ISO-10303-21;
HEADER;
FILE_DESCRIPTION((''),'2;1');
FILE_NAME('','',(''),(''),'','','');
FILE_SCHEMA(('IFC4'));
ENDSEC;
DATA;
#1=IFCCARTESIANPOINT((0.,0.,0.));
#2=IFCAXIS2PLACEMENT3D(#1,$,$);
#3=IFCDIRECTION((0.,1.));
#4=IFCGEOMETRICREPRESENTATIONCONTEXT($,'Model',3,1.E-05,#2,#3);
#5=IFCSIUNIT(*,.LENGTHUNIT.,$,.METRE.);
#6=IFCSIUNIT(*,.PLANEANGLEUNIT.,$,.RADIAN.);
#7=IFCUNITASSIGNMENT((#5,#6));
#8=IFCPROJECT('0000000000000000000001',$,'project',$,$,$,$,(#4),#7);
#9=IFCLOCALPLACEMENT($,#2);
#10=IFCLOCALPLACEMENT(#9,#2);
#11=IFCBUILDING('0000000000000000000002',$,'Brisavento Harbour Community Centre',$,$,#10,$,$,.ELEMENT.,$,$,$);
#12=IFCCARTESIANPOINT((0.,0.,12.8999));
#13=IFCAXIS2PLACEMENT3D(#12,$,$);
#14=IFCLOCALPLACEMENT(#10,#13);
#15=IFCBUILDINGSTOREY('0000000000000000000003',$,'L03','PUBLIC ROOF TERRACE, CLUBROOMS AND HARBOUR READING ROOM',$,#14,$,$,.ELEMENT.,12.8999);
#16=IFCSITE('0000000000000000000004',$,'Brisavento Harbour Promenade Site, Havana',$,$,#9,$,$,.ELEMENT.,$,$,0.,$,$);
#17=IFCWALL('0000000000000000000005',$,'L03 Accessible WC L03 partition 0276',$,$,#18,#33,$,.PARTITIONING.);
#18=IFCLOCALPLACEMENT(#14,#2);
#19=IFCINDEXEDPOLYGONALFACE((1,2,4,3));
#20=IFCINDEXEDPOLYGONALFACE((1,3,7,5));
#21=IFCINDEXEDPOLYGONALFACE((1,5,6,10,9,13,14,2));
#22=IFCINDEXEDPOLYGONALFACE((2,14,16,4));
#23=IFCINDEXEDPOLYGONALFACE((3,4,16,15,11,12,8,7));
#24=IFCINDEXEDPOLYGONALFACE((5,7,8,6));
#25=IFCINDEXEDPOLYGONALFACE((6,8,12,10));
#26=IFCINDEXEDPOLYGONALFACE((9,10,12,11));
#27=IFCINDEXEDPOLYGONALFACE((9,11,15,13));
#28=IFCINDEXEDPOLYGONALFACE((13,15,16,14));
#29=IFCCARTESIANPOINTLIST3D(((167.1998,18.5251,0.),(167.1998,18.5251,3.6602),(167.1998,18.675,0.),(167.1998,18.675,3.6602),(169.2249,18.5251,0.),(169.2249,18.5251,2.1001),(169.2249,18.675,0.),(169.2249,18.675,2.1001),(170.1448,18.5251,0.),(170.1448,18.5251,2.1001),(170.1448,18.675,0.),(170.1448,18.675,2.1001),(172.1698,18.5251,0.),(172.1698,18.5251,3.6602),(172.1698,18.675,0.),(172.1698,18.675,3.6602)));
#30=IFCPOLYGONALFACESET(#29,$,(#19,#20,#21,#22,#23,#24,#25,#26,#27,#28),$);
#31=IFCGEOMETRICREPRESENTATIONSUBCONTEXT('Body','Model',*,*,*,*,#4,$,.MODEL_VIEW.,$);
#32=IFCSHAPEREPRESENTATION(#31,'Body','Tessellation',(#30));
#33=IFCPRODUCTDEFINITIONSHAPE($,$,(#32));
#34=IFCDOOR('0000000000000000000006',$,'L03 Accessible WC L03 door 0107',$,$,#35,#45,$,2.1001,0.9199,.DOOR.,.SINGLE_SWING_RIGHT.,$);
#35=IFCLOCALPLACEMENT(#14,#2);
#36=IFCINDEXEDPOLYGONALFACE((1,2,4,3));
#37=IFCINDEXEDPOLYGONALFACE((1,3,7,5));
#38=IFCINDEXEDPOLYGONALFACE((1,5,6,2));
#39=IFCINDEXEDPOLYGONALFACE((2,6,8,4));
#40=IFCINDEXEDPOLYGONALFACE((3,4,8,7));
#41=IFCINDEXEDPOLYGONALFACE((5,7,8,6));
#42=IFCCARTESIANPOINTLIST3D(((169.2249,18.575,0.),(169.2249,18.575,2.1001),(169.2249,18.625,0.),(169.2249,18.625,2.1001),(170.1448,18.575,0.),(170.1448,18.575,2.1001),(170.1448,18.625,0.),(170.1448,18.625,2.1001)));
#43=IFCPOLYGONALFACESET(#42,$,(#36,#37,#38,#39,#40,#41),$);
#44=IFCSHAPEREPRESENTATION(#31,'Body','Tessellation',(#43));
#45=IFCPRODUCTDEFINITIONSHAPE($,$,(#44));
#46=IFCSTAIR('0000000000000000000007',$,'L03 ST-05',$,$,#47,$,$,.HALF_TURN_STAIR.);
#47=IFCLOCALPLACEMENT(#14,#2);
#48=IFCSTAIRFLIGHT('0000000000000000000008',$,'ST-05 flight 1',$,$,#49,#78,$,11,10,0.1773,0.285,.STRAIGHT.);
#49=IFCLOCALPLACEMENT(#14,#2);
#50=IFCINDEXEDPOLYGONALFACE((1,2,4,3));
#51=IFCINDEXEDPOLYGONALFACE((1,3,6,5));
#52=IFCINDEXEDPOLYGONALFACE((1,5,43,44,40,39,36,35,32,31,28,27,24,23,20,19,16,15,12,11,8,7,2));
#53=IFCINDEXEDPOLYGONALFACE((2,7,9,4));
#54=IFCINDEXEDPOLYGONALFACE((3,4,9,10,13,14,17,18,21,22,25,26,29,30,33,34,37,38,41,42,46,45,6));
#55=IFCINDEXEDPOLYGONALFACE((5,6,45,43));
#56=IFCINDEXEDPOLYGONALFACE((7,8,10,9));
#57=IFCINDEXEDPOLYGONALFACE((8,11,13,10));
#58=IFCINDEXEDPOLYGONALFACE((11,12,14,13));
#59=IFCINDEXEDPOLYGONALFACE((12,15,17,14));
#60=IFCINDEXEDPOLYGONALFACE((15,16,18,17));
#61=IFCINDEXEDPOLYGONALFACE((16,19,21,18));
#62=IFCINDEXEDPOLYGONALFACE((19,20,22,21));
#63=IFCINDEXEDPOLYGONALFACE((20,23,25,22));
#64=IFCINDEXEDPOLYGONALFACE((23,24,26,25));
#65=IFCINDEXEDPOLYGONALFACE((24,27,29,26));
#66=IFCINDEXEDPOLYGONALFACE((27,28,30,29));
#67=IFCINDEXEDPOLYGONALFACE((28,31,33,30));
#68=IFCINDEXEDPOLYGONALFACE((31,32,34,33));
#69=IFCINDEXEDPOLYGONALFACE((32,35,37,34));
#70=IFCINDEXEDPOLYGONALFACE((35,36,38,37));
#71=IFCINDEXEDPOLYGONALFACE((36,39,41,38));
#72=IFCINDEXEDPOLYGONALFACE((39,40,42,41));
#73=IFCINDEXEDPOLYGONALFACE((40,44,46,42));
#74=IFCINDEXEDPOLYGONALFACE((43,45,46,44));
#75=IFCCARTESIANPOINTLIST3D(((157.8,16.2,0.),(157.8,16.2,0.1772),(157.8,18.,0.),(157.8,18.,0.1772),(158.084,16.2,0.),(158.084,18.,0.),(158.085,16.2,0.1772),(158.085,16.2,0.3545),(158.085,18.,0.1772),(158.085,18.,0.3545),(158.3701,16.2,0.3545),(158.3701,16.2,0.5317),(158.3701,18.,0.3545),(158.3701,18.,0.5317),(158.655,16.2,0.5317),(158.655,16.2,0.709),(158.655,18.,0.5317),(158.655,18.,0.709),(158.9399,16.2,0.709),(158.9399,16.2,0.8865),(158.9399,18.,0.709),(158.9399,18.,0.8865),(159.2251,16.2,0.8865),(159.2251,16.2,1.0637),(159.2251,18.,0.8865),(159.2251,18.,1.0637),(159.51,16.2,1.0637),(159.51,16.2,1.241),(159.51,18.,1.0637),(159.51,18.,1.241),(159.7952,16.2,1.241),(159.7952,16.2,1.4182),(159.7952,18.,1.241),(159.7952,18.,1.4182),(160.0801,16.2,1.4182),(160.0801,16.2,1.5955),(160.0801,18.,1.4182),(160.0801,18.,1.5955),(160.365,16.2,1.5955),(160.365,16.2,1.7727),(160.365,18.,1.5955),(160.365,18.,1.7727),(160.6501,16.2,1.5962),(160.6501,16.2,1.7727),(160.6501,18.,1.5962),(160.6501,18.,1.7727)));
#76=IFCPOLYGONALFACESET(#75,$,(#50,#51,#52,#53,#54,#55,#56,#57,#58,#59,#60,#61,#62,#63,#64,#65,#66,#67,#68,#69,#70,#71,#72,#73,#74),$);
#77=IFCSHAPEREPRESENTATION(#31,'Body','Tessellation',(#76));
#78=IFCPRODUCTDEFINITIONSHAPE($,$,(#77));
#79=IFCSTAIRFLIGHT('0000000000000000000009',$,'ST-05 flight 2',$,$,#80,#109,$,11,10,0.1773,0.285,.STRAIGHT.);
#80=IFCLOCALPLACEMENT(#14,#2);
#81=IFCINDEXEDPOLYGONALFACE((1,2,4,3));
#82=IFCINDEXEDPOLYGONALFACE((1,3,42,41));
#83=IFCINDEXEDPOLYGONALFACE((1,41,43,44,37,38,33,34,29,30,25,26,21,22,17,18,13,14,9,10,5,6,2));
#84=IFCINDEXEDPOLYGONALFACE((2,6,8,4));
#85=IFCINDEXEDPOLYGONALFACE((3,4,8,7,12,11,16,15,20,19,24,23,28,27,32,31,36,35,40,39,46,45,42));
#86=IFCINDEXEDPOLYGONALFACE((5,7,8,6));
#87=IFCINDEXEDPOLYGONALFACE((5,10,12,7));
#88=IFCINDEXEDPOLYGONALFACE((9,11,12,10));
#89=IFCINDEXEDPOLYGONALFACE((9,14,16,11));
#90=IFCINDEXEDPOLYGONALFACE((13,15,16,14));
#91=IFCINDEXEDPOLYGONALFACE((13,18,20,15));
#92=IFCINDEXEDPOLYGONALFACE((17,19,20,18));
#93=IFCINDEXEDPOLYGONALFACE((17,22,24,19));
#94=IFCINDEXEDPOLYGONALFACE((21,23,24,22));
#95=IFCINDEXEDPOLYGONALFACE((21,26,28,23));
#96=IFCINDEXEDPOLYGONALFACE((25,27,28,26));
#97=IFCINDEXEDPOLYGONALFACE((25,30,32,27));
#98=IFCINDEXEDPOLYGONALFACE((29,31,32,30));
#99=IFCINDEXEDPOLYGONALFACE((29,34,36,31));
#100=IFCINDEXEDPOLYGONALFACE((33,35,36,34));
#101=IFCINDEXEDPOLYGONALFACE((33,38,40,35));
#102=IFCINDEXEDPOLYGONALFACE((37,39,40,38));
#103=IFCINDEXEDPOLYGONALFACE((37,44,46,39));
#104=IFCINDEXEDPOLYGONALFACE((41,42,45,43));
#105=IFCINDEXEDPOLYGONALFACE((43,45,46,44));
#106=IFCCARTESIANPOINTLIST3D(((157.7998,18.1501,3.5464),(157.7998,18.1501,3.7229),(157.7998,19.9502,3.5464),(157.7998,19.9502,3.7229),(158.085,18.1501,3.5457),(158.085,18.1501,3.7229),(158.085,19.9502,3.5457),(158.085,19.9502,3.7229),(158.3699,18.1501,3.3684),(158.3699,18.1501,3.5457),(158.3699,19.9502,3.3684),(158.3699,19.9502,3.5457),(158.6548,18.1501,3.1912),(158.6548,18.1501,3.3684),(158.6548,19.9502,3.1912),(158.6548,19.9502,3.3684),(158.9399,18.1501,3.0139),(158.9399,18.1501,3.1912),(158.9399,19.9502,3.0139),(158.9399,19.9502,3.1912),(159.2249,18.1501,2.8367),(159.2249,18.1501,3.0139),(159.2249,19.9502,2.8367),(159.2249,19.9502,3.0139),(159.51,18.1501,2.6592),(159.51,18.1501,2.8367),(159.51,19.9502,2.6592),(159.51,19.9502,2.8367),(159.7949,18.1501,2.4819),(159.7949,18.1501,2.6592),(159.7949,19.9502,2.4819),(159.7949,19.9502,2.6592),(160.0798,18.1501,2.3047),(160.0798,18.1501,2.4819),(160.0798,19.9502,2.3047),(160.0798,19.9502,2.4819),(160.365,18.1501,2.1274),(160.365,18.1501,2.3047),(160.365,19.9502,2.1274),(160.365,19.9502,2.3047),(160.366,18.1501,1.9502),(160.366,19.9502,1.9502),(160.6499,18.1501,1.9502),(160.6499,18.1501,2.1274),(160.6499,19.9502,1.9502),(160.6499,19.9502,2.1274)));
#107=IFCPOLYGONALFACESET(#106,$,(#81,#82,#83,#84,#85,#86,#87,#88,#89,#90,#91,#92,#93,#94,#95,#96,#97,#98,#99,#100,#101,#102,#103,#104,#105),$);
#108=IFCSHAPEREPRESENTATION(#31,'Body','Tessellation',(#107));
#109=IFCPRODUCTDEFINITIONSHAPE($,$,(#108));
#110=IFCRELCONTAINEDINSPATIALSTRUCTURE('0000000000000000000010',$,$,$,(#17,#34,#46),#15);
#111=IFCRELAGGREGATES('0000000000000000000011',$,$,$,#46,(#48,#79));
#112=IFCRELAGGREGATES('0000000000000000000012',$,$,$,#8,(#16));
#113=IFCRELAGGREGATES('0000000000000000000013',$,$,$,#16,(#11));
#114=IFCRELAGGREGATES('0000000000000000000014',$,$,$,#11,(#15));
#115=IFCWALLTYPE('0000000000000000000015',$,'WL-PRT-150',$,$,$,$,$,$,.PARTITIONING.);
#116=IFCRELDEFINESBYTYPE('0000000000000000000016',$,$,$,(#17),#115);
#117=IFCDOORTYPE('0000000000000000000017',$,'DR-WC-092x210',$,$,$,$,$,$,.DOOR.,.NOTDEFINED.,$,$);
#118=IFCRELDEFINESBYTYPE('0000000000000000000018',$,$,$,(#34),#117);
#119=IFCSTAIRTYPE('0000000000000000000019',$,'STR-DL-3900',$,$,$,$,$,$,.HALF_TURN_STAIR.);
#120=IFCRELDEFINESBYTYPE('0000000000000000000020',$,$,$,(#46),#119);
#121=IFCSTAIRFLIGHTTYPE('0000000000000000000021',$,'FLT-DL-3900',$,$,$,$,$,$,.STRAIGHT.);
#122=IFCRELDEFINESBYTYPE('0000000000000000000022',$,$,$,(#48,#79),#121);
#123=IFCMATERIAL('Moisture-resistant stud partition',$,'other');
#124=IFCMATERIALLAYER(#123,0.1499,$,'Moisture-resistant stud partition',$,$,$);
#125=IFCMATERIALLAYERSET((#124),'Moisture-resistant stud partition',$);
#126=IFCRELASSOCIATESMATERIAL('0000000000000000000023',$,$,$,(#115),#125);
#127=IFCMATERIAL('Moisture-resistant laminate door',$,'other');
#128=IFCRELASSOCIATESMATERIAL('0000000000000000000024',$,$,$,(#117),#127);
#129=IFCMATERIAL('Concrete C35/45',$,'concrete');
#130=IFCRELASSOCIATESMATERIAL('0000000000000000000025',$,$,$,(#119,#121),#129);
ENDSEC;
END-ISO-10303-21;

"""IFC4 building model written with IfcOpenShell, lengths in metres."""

from ifc_helpers import new_model, si_unit, direction, frame, frame_2d, origin, place, context, subcontext, project, spatial, polyline, rectangle, outline, extrude, material, layer, layer_set, type_object, element, fill, aggregate, save


model = new_model("IFC4")

# Units and contexts
model_context = context("Model", 3, precision=1e-05, world=origin(), true_north=direction((0.0, 1.0)))
body_context = subcontext(model_context, "Body", "Model", "MODEL_VIEW")
ifc_project = project(units=[si_unit("LENGTHUNIT", "METRE"), si_unit("PLANEANGLEUNIT", "RADIAN")], contexts=[model_context])

# Site, building, storey
site_placement = place(None, origin())
site = spatial("IfcSite", under=ifc_project, at=site_placement, Name="Brisavento Harbour Promenade Site, Havana", CompositionType="ELEMENT", RefElevation=0.0)
building_placement = place(site_placement, origin())
building = spatial("IfcBuilding", under=site, at=building_placement, Name="Brisavento Harbour Community Centre", CompositionType="ELEMENT")
storey_placement = place(building_placement, frame((0.0, 0.0, 12.8999)))
storey = spatial("IfcBuildingStorey", under=building, at=storey_placement, Name="L03", Description="PUBLIC ROOF TERRACE, CLUBROOMS AND HARBOUR READING ROOM", CompositionType="ELEMENT", Elevation=12.8999)

# Shared definitions
ifc_material_1 = material(Name="Concrete C35/45", Category="concrete")

# Wall, opening, door
ifc_material_2 = material(Name="Moisture-resistant stud partition", Category="other")
ifc_layer_1 = layer(ifc_material_2, 0.1499, Name="Moisture-resistant stud partition")
ifc_layer_set_1 = layer_set([ifc_layer_1], Name="Moisture-resistant stud partition")
wall_type_1 = type_object("IfcWallType", Name="WL-PRT-150", PredefinedType="PARTITIONING", material=ifc_layer_set_1)
wall_1_placement = place(storey_placement, frame((167.2, 18.6001, 0.0), z_axis=(0.0, 0.0, 1.0), x_axis=(1.0, 0.0, 0.0)))
wall_1 = element("IfcWall", 1, at=wall_1_placement, inside=storey, type_object=wall_type_1, Name="L03 Accessible WC L03 partition 0276", PredefinedType="PARTITIONING", context=body_context, shape_type="SweptSolid", body=[
    extrude(rectangle(XDim=4.97, YDim=0.1499, at=frame_2d((2.4849, 0.0))), origin(), (0.0, 0.0, 1.0), 3.6602),
])
opening_1_placement = place(wall_1_placement, frame((2.0249, 0.0, 0.0)))
opening_1 = element("IfcOpeningElement", 2, at=opening_1_placement, cuts=wall_1, PredefinedType="OPENING", context=body_context, shape_type="SweptSolid", body=[
    extrude(rectangle(XDim=0.9199, YDim=2.1001, at=frame_2d((0.46, 1.05))), frame((0.0, 0.085, 0.0), z_axis=(0.0, -1.0, 0.0), x_axis=(1.0, 0.0, 0.0)), (0.0, 0.0, 1.0), 0.1699),
])
ifc_material_3 = material(Name="Moisture-resistant laminate door", Category="other")
door_type_1 = type_object("IfcDoorType", Name="DR-WC-092x210", OperationType="NOTDEFINED", PredefinedType="DOOR", material=ifc_material_3)
door_1_placement = place(opening_1_placement, origin())
door_1 = element("IfcDoor", 3, at=door_1_placement, inside=storey, type_object=door_type_1, Name="L03 Accessible WC L03 door 0107", OperationType="SINGLE_SWING_RIGHT", OverallHeight=2.1001, OverallWidth=0.9199, PredefinedType="DOOR", context=body_context, shape_type="SweptSolid", body=[
    extrude(rectangle(XDim=0.9199, YDim=2.1001, at=frame_2d((0.46, 1.05))), frame((0.0, 0.0249, 0.0), z_axis=(0.0, -1.0, 0.0), x_axis=(1.0, 0.0, 0.0)), (0.0, 0.0, 1.0), 0.05),
])
fill(opening_1, door_1)

# Stair, stair flights
stair_type = type_object("IfcStairType", Name="STR-DL-3900", PredefinedType="HALF_TURN_STAIR", material=ifc_material_1)
stair_placement = place(storey_placement, origin())
stair = element("IfcStair", 4, at=stair_placement, inside=storey, type_object=stair_type, Name="L03 ST-05", PredefinedType="HALF_TURN_STAIR")
stair_flight_type = type_object("IfcStairFlightType", Name="FLT-DL-3900", PredefinedType="STRAIGHT", material=ifc_material_1)
stair_flight_1_placement = place(storey_placement, frame((157.8, 17.1001, 0.0), z_axis=(0.0, 0.0, 1.0), x_axis=(1.0, 0.0, 0.0)))
stair_flight_1 = element("IfcStairFlight", 5, at=stair_flight_1_placement, type_object=stair_flight_type, Name="ST-05 flight 1", NumberOfRisers=11, NumberOfTreads=10, PredefinedType="STRAIGHT", RiserHeight=0.1773, TreadLength=0.285, context=body_context, shape_type="SweptSolid", body=[
    extrude(outline(polyline([(0.0, 0.0), (0.0, 0.1772), (0.2849, 0.1772), (0.2849, 0.3545), (0.5701, 0.3545), (0.5701, 0.5317), (0.855, 0.5317), (0.855, 0.709), (1.1399, 0.709), (1.1399, 0.8865), (1.425, 0.8865), (1.425, 1.0637), (1.71, 1.0637), (1.71, 1.241), (1.9951, 1.241), (1.9951, 1.4182), (2.28, 1.4182), (2.28, 1.5955), (2.5649, 1.5955), (2.5649, 1.7727), (2.8501, 1.7727), (2.8501, 1.95), (2.8501, 1.5962), (0.2839, 0.0), (0.0, 0.0)])), frame((0.0, 0.8999, 0.0), z_axis=(0.0, -1.0, 0.0), x_axis=(1.0, 0.0, 0.0)), (0.0, 0.0, 1.0), 1.8),
])
stair_flight_2_placement = place(storey_placement, frame((160.6499, 19.05, 1.9502), z_axis=(0.0, 0.0, 1.0), x_axis=(-1.0, 0.0, 0.0)))
stair_flight_2 = element("IfcStairFlight", 6, at=stair_flight_2_placement, type_object=stair_flight_type, Name="ST-05 flight 2", NumberOfRisers=11, NumberOfTreads=10, PredefinedType="STRAIGHT", RiserHeight=0.1773, TreadLength=0.285, context=body_context, shape_type="SweptSolid", body=[
    extrude(outline(polyline([(0.0, 0.0), (0.0, 0.1772), (0.2849, 0.1772), (0.2849, 0.3545), (0.5701, 0.3545), (0.5701, 0.5317), (0.855, 0.5317), (0.855, 0.709), (1.1399, 0.709), (1.1399, 0.8865), (1.425, 0.8865), (1.425, 1.0637), (1.71, 1.0637), (1.71, 1.241), (1.9951, 1.241), (1.9951, 1.4182), (2.28, 1.4182), (2.28, 1.5955), (2.5649, 1.5955), (2.5649, 1.7727), (2.8501, 1.7727), (2.8501, 1.95), (2.8501, 1.5962), (0.2839, 0.0), (0.0, 0.0)])), frame((0.0, 0.8999, 0.0), z_axis=(0.0, -1.0, 0.0), x_axis=(1.0, 0.0, 0.0)), (0.0, 0.0, 1.0), 1.8),
])
aggregate(stair, [stair_flight_1, stair_flight_2])

save(model, "model.ifc")
